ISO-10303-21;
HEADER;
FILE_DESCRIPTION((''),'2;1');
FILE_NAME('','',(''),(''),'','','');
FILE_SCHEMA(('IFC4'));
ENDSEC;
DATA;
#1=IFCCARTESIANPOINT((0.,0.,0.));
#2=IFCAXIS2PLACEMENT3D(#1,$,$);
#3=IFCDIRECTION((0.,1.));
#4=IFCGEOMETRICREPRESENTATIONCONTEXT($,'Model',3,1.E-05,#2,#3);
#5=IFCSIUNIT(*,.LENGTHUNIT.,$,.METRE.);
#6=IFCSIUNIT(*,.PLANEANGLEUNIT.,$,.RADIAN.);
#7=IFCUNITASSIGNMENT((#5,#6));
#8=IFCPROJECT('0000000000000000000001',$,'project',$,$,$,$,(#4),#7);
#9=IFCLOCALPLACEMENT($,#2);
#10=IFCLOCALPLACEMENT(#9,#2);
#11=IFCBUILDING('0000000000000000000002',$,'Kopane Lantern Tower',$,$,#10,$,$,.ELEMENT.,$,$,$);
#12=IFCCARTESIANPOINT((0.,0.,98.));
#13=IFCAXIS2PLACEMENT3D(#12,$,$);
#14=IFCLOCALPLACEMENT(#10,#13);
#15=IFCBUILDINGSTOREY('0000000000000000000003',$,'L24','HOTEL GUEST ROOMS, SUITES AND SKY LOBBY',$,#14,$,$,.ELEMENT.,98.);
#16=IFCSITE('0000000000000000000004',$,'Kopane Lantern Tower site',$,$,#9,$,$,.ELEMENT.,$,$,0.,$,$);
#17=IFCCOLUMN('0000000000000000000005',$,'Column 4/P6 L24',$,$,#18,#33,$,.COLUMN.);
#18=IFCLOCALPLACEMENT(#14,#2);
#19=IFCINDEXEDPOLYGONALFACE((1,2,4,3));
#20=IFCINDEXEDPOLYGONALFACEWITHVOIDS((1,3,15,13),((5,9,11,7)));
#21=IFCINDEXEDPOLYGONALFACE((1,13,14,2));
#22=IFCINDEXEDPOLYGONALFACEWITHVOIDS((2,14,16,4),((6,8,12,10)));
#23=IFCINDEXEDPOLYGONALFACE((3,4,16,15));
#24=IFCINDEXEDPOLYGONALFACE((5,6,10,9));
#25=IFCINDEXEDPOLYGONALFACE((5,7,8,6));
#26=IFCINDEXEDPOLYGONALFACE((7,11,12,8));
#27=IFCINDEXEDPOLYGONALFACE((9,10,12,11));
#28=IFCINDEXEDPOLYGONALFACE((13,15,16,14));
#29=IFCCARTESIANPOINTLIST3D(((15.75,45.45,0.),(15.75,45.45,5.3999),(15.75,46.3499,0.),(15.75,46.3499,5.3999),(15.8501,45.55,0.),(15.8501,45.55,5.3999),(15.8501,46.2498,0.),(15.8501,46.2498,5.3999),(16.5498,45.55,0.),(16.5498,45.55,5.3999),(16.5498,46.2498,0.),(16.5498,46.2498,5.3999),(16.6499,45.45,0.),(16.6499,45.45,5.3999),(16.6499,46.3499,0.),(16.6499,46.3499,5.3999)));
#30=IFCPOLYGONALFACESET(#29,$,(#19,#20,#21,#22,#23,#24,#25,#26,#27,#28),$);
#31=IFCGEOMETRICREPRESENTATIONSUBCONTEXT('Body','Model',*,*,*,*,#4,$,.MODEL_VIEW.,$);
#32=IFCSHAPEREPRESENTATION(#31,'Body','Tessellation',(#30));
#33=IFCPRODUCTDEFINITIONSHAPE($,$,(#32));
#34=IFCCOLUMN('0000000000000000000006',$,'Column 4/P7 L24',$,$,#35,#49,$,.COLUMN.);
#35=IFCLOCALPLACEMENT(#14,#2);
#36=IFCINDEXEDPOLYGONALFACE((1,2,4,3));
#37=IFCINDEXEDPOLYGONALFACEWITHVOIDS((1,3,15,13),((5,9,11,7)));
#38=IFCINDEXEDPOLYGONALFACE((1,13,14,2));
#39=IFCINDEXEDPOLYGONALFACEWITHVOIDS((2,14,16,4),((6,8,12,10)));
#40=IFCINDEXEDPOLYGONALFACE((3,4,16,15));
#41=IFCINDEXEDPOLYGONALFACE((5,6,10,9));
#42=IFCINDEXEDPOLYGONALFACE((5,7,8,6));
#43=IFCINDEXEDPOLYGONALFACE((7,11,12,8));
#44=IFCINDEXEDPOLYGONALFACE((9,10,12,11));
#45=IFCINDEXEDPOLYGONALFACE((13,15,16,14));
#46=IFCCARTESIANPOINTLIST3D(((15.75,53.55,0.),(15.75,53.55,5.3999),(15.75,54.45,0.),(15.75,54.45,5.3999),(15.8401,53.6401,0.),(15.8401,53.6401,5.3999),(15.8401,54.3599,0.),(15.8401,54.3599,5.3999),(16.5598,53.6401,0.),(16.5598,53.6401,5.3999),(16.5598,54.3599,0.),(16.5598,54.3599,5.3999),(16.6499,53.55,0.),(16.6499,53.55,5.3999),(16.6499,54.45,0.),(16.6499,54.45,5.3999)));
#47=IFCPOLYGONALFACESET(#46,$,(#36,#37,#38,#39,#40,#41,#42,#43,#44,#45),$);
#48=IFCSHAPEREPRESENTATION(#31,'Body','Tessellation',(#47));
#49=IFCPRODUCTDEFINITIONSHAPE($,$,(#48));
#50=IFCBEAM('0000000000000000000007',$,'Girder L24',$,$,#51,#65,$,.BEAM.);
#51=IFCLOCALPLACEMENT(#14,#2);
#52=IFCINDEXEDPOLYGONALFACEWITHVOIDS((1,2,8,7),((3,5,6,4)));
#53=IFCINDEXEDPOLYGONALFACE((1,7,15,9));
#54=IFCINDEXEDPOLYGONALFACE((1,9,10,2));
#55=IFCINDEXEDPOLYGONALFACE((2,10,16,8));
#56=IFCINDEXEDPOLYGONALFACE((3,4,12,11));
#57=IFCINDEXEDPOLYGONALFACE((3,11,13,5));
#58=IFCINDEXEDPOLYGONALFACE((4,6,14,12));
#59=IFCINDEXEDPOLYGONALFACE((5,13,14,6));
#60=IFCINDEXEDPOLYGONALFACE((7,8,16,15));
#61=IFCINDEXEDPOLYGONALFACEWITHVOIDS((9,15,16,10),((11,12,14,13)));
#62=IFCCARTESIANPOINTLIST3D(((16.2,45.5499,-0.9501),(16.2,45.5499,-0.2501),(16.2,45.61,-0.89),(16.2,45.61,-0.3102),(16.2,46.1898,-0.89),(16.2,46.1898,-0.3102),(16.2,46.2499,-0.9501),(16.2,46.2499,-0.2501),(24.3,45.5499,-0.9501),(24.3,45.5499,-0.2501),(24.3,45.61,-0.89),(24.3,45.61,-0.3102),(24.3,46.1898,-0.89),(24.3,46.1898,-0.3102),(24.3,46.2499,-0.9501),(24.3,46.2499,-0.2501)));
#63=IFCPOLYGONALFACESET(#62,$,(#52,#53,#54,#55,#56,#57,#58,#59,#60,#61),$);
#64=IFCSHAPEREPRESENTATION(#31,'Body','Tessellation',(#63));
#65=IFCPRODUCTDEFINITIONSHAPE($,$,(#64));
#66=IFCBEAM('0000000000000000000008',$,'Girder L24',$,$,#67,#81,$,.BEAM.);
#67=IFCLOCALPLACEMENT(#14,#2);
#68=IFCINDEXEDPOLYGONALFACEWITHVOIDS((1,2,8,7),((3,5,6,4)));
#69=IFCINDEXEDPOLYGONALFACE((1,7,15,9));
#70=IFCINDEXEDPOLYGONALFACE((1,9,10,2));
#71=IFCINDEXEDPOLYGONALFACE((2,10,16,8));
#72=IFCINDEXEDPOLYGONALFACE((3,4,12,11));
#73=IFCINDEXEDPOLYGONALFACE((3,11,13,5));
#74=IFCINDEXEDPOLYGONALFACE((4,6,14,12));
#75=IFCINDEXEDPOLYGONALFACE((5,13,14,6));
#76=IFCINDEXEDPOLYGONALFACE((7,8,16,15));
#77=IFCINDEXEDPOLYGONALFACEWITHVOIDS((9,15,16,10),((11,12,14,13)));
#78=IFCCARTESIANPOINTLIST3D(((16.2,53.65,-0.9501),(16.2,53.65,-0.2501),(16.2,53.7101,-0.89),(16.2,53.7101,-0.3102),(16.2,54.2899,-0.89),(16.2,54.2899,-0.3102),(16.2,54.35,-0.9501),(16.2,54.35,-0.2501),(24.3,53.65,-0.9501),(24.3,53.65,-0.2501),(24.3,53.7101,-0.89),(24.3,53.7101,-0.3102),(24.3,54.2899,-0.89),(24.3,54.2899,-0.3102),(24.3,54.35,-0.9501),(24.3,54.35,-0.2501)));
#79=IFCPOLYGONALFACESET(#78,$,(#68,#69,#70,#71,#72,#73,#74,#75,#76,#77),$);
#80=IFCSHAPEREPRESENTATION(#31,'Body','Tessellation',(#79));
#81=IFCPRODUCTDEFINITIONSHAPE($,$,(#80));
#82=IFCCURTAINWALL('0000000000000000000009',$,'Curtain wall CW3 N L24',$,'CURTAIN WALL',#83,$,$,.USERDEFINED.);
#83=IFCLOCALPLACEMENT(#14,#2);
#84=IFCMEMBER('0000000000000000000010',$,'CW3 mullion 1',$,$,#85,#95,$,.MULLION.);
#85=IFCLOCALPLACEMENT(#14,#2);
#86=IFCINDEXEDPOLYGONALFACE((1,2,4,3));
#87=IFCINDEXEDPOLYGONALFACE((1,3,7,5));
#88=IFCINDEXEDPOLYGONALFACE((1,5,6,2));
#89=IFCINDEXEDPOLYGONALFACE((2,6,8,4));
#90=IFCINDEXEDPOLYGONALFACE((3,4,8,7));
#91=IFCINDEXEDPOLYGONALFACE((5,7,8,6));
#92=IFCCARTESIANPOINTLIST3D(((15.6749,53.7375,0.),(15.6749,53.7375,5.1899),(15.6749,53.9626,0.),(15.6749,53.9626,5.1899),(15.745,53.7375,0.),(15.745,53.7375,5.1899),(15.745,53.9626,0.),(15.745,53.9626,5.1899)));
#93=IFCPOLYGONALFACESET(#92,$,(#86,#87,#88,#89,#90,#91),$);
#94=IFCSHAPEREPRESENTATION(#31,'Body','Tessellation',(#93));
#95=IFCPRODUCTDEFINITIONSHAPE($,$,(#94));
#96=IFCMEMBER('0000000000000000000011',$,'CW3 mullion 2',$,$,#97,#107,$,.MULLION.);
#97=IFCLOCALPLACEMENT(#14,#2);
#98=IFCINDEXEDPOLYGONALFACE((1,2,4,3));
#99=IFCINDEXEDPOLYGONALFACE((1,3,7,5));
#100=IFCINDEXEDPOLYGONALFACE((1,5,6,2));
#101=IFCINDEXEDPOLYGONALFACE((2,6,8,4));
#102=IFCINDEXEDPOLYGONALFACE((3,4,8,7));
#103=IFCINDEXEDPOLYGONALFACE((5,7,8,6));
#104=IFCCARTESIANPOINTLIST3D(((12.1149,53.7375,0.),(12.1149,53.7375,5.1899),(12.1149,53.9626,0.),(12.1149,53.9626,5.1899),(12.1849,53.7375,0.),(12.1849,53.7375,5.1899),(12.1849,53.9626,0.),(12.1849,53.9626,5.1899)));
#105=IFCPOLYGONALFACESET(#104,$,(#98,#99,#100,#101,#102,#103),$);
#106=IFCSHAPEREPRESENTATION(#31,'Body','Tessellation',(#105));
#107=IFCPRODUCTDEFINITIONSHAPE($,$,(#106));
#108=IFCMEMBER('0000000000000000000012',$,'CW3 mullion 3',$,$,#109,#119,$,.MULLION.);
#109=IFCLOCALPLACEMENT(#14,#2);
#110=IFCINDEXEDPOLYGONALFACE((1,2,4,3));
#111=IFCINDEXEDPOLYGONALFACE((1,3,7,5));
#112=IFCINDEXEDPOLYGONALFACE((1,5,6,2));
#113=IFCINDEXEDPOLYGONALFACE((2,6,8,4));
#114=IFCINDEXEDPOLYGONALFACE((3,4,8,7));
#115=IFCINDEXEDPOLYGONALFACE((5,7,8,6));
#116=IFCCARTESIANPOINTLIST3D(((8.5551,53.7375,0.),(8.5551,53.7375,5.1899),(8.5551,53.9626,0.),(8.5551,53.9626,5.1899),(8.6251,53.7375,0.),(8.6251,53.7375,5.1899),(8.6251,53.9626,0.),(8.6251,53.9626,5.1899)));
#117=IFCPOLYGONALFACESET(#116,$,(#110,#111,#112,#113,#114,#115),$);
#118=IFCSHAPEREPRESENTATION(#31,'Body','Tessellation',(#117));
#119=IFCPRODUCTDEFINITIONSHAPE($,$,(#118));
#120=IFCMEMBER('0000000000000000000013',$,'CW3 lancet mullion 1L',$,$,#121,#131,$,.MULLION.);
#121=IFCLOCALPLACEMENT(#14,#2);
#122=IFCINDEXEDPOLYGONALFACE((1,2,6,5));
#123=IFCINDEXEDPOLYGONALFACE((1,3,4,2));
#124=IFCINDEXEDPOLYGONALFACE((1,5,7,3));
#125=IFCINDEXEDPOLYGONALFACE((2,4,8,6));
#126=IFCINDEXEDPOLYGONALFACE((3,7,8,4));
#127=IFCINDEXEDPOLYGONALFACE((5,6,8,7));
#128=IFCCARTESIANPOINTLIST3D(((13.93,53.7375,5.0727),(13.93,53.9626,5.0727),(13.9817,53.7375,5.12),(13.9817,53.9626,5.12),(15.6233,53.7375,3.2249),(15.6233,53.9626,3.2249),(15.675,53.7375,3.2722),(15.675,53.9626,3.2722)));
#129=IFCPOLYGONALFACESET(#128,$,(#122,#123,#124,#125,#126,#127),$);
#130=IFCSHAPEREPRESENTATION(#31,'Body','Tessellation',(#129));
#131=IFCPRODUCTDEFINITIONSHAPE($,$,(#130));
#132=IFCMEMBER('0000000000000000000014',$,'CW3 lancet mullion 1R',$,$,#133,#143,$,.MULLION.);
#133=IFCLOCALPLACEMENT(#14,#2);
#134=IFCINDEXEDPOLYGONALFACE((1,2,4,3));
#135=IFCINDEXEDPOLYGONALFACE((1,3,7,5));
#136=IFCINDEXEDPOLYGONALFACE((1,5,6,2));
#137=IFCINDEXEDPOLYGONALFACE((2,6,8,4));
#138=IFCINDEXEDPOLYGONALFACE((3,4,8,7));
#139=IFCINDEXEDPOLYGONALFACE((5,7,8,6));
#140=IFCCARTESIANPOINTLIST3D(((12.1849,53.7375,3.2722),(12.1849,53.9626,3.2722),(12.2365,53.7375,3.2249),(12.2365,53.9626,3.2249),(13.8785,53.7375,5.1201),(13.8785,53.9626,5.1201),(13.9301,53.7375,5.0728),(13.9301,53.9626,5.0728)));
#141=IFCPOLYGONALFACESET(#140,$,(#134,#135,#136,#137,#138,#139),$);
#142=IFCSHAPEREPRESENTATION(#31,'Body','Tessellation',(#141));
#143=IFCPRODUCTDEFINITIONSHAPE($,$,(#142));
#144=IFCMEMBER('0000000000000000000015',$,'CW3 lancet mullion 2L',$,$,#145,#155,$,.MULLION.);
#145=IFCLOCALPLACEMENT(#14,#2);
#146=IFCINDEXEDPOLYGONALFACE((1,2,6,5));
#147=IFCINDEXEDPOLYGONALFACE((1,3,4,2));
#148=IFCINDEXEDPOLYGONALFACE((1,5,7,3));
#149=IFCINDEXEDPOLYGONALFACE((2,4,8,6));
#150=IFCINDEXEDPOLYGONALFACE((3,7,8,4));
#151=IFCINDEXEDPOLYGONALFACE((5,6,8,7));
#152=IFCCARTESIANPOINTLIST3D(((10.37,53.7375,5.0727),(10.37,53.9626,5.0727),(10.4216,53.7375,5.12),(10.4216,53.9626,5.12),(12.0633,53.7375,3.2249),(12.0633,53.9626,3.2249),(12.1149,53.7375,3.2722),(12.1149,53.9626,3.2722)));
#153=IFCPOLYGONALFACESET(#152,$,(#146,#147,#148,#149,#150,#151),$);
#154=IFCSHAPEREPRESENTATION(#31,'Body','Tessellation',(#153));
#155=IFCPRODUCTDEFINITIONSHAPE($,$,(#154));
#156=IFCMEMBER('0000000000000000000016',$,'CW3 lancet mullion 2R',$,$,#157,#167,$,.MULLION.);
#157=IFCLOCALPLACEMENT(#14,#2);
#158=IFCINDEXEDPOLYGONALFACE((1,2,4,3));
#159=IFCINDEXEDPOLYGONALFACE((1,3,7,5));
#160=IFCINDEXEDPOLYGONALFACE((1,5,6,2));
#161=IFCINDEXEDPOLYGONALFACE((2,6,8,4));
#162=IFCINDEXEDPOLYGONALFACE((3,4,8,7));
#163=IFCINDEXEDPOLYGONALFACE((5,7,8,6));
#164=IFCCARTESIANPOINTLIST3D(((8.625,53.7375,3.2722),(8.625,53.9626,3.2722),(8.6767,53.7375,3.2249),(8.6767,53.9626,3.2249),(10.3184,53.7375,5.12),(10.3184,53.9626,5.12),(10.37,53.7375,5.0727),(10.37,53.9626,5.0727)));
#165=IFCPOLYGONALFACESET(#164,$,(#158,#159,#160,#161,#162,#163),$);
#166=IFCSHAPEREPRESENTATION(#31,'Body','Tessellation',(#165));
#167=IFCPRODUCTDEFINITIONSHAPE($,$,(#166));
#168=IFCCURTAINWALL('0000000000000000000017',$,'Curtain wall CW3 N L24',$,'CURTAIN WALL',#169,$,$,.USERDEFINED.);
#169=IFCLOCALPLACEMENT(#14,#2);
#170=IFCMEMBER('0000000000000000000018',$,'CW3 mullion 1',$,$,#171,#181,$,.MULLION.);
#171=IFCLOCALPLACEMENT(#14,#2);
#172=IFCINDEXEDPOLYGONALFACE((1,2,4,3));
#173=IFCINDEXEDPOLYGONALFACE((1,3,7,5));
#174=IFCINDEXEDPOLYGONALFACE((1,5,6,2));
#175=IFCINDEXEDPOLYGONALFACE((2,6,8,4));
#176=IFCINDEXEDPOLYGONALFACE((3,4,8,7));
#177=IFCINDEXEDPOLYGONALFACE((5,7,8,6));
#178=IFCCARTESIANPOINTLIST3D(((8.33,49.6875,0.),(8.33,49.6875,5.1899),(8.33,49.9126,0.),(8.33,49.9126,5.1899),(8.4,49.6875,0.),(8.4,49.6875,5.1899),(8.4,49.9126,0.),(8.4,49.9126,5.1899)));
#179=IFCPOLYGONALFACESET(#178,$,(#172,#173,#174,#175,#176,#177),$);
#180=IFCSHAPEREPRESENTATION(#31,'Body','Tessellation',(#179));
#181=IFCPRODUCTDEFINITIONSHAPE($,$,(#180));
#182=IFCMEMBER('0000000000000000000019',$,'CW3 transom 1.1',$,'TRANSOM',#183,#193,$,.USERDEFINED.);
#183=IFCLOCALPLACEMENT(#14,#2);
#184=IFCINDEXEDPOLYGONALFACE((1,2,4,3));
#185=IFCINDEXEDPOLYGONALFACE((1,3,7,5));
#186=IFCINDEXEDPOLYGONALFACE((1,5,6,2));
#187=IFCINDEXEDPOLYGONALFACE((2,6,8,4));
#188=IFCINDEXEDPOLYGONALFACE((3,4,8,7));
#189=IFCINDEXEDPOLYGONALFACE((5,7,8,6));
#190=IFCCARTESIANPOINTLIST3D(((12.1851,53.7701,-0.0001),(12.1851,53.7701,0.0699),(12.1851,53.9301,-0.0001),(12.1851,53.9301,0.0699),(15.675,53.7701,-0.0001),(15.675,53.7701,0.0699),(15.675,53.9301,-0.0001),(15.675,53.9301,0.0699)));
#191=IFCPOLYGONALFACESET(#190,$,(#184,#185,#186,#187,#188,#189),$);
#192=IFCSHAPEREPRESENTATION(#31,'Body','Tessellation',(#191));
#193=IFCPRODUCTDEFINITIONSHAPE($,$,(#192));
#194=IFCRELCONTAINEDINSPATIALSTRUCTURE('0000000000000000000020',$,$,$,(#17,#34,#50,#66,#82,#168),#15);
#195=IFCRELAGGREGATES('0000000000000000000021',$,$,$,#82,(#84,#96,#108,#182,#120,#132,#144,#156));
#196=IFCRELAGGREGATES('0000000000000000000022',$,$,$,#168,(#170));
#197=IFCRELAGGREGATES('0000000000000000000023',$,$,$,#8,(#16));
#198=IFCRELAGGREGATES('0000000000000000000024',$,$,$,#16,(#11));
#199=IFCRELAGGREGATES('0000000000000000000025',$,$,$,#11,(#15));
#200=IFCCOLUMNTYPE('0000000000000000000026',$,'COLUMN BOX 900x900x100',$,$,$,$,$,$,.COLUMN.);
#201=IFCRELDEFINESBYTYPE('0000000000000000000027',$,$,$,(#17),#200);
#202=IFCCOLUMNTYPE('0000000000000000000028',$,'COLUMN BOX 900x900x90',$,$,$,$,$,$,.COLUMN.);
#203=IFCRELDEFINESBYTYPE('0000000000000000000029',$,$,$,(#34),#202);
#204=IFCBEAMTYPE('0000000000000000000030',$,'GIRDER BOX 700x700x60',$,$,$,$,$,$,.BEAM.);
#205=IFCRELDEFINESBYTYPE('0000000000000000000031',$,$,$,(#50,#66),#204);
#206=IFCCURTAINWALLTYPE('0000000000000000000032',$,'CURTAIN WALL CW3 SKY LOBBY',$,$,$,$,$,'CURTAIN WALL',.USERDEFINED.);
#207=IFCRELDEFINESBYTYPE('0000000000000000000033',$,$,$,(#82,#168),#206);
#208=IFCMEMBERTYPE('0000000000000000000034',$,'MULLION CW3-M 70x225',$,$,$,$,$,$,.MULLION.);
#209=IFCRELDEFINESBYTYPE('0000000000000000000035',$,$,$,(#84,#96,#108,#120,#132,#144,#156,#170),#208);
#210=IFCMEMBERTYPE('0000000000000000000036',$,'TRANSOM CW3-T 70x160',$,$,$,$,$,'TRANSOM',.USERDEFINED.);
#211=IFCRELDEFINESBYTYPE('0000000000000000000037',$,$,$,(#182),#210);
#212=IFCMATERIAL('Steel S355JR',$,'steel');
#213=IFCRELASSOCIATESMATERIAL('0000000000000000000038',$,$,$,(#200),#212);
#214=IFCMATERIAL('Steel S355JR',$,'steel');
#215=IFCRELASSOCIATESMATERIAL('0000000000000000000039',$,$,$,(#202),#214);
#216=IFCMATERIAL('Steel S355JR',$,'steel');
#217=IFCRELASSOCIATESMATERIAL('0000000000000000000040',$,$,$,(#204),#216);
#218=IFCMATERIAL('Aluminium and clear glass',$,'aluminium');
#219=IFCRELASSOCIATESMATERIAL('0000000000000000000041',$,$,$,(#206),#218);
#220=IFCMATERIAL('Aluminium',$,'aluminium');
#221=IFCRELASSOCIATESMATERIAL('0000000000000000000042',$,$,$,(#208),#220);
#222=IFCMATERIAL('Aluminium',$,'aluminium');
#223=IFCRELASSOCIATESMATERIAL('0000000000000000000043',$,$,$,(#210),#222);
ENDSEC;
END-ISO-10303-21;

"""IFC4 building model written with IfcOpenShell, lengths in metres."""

from ifc_helpers import new_model, si_unit, direction, frame, origin, origin_2d, place, context, subcontext, project, spatial, rectangle, hollow_rectangle, extrude, material, material_profile, profile_set, type_object, element, aggregate, save


model = new_model("IFC4")

# Units and contexts
model_context = context("Model", 3, precision=1e-05, world=origin(), true_north=direction((0.0, 1.0)))
body_context = subcontext(model_context, "Body", "Model", "MODEL_VIEW")
ifc_project = project(units=[si_unit("LENGTHUNIT", "METRE"), si_unit("PLANEANGLEUNIT", "RADIAN")], contexts=[model_context])

# Site, building, storey
site_placement = place(None, origin())
site = spatial("IfcSite", under=ifc_project, at=site_placement, Name="Kopane Lantern Tower site", CompositionType="ELEMENT", RefElevation=0.0)
building_placement = place(site_placement, origin())
building = spatial("IfcBuilding", under=site, at=building_placement, Name="Kopane Lantern Tower", CompositionType="ELEMENT")
storey_placement = place(building_placement, frame((0.0, 0.0, 98.0)))
storey = spatial("IfcBuildingStorey", under=building, at=storey_placement, Name="L24", Description="HOTEL GUEST ROOMS, SUITES AND SKY LOBBY", CompositionType="ELEMENT", Elevation=98.0)

# Columns
ifc_material_1 = material(Name="Steel S355JR", Category="steel")
ifc_material_profile_1 = material_profile(ifc_material_1, hollow_rectangle(XDim=0.8999, YDim=0.8999, WallThickness=0.1001, at=origin_2d()), Name="BOX 900x900x100")
ifc_profile_set_1 = profile_set([ifc_material_profile_1], Name="Steel S355JR")
column_type_1 = type_object("IfcColumnType", Name="COLUMN BOX 900x900x100", PredefinedType="COLUMN", material=ifc_profile_set_1)
column_1_placement = place(storey_placement, frame((16.2, 45.8999, 0.0), z_axis=(0.0, 0.0, 1.0), x_axis=(1.0, 0.0, 0.0)))
element("IfcColumn", 1, at=column_1_placement, inside=storey, type_object=column_type_1, Name="Column 4/P6 L24", PredefinedType="COLUMN", context=body_context, shape_type="SweptSolid", body=[
    extrude(hollow_rectangle(XDim=0.8999, YDim=0.8999, WallThickness=0.1001, at=origin_2d()), origin(), (0.0, 0.0, 1.0), 5.3999),
])
ifc_material_2 = material(Name="Steel S355JR", Category="steel")
ifc_material_profile_2 = material_profile(ifc_material_2, hollow_rectangle(XDim=0.8999, YDim=0.8999, WallThickness=0.0901, at=origin_2d()), Name="BOX 900x900x90")
ifc_profile_set_2 = profile_set([ifc_material_profile_2], Name="Steel S355JR")
column_type_2 = type_object("IfcColumnType", Name="COLUMN BOX 900x900x90", PredefinedType="COLUMN", material=ifc_profile_set_2)
column_2_placement = place(storey_placement, frame((16.2, 54.0, 0.0), z_axis=(0.0, 0.0, 1.0), x_axis=(1.0, 0.0, 0.0)))
element("IfcColumn", 2, at=column_2_placement, inside=storey, type_object=column_type_2, Name="Column 4/P7 L24", PredefinedType="COLUMN", context=body_context, shape_type="SweptSolid", body=[
    extrude(hollow_rectangle(XDim=0.8999, YDim=0.8999, WallThickness=0.0901, at=origin_2d()), origin(), (0.0, 0.0, 1.0), 5.3999),
])

# Beams
ifc_material_3 = material(Name="Steel S355JR", Category="steel")
ifc_material_profile_3 = material_profile(ifc_material_3, hollow_rectangle(XDim=0.7, YDim=0.7, WallThickness=0.0601, at=origin_2d()), Name="BOX 700x700x60")
ifc_profile_set_3 = profile_set([ifc_material_profile_3], Name="Steel S355JR")
beam_type = type_object("IfcBeamType", Name="GIRDER BOX 700x700x60", PredefinedType="BEAM", material=ifc_profile_set_3)
for number, where, z_axis, x_axis, name in (
    (3, (16.2, 45.8999, -0.6001), (1.0, 0.0, 0.0), (0.0, 1.0, 0.0), "Girder L24"),
    (4, (16.2, 54.0, -0.6001), (1.0, 0.0, 0.0), (0.0, 1.0, 0.0), "Girder L24"),
):
    element("IfcBeam", number, at=place(storey_placement, frame(where, z_axis=z_axis, x_axis=x_axis)), inside=storey, type_object=beam_type, Name=name, PredefinedType="BEAM", context=body_context, shape_type="SweptSolid", body=[
        extrude(hollow_rectangle(XDim=0.7, YDim=0.7, WallThickness=0.0601, at=origin_2d()), origin(), (0.0, 0.0, 1.0), 8.1001),
    ])

# Curtain wall, members
ifc_material_4 = material(Name="Aluminium and clear glass", Category="aluminium")
curtain_wall_type = type_object("IfcCurtainWallType", Name="CURTAIN WALL CW3 SKY LOBBY", ElementType="CURTAIN WALL", PredefinedType="USERDEFINED", material=ifc_material_4)
curtain_wall_1_placement = place(storey_placement, origin())
curtain_wall_1 = element("IfcCurtainWall", 5, at=curtain_wall_1_placement, inside=storey, type_object=curtain_wall_type, Name="Curtain wall CW3 N L24", ObjectType="CURTAIN WALL", PredefinedType="USERDEFINED")
ifc_material_5 = material(Name="Aluminium", Category="aluminium")
ifc_material_profile_4 = material_profile(ifc_material_5, rectangle(XDim=0.0701, YDim=0.2251, at=origin_2d()), Name="AL 70x225")
ifc_profile_set_4 = profile_set([ifc_material_profile_4], Name="Aluminium")
member_type_1 = type_object("IfcMemberType", Name="MULLION CW3-M 70x225", PredefinedType="MULLION", material=ifc_profile_set_4)
member_1_placement = place(storey_placement, frame((15.71, 53.8501, 0.0), z_axis=(0.0, 0.0, 1.0), x_axis=(-1.0, 0.0, 0.0)))
member_1 = element("IfcMember", 6, at=member_1_placement, type_object=member_type_1, Name="CW3 mullion 1", PredefinedType="MULLION", context=body_context, shape_type="SweptSolid", body=[
    extrude(rectangle(XDim=0.0701, YDim=0.2251, at=origin_2d()), origin(), (0.0, 0.0, 1.0), 5.1899),
])
member_2_placement = place(storey_placement, frame((12.1499, 53.8501, 0.0), z_axis=(0.0, 0.0, 1.0), x_axis=(-1.0, 0.0, 0.0)))
member_2 = element("IfcMember", 7, at=member_2_placement, type_object=member_type_1, Name="CW3 mullion 2", PredefinedType="MULLION", context=body_context, shape_type="SweptSolid", body=[
    extrude(rectangle(XDim=0.0701, YDim=0.2251, at=origin_2d()), origin(), (0.0, 0.0, 1.0), 5.1899),
])
member_3_placement = place(storey_placement, frame((8.5901, 53.8501, 0.0), z_axis=(0.0, 0.0, 1.0), x_axis=(-1.0, 0.0, 0.0)))
member_3 = element("IfcMember", 8, at=member_3_placement, type_object=member_type_1, Name="CW3 mullion 3", PredefinedType="MULLION", context=body_context, shape_type="SweptSolid", body=[
    extrude(rectangle(XDim=0.0701, YDim=0.2251, at=origin_2d()), origin(), (0.0, 0.0, 1.0), 5.1899),
])
member_4_placement = place(storey_placement, frame((15.6492, 53.8501, 3.2485), z_axis=(-0.675606, 0.0, 0.737263), x_axis=(0.737263, 0.0, 0.675606)))
member_4 = element("IfcMember", 9, at=member_4_placement, type_object=member_type_1, Name="CW3 lancet mullion 1L", PredefinedType="MULLION", context=body_context, shape_type="SweptSolid", body=[
    extrude(rectangle(XDim=0.0701, YDim=0.2251, at=origin_2d()), origin(), (0.0, 0.0, 1.0), 2.5063),
])
member_5_placement = place(storey_placement, frame((12.2107, 53.8501, 3.2485), z_axis=(0.675658, 0.0, 0.737215), x_axis=(-0.737215, 0.0, 0.675658)))
member_5 = element("IfcMember", 10, at=member_5_placement, type_object=member_type_1, Name="CW3 lancet mullion 1R", PredefinedType="MULLION", context=body_context, shape_type="SweptSolid", body=[
    extrude(rectangle(XDim=0.0701, YDim=0.2251, at=origin_2d()), origin(), (0.0, 0.0, 1.0), 2.5066),
])
member_6_placement = place(storey_placement, frame((12.0891, 53.8501, 3.2485), z_axis=(-0.675606, 0.0, 0.737263), x_axis=(0.737263, 0.0, 0.675606)))
member_6 = element("IfcMember", 11, at=member_6_placement, type_object=member_type_1, Name="CW3 lancet mullion 2L", PredefinedType="MULLION", context=body_context, shape_type="SweptSolid", body=[
    extrude(rectangle(XDim=0.0701, YDim=0.2251, at=origin_2d()), origin(), (0.0, 0.0, 1.0), 2.5063),
])
member_7_placement = place(storey_placement, frame((8.6509, 53.8501, 3.2485), z_axis=(0.675606, 0.0, 0.737263), x_axis=(-0.737263, 0.0, 0.675606)))
member_7 = element("IfcMember", 12, at=member_7_placement, type_object=member_type_1, Name="CW3 lancet mullion 2R", PredefinedType="MULLION", context=body_context, shape_type="SweptSolid", body=[
    extrude(rectangle(XDim=0.0701, YDim=0.2251, at=origin_2d()), origin(), (0.0, 0.0, 1.0), 2.5063),
])

# Curtain wall, member
curtain_wall_2_placement = place(storey_placement, origin())
curtain_wall_2 = element("IfcCurtainWall", 13, at=curtain_wall_2_placement, inside=storey, type_object=curtain_wall_type, Name="Curtain wall CW3 N L24", ObjectType="CURTAIN WALL", PredefinedType="USERDEFINED")
member_8_placement = place(storey_placement, frame((8.365, 49.8, 0.0), z_axis=(0.0, 0.0, 1.0), x_axis=(-1.0, 0.0, 0.0)))
member_8 = element("IfcMember", 14, at=member_8_placement, type_object=member_type_1, Name="CW3 mullion 1", PredefinedType="MULLION", context=body_context, shape_type="SweptSolid", body=[
    extrude(rectangle(XDim=0.0701, YDim=0.2251, at=origin_2d()), origin(), (0.0, 0.0, 1.0), 5.1899),
])

# Member
ifc_material_6 = material(Name="Aluminium", Category="aluminium")
ifc_material_profile_5 = material_profile(ifc_material_6, rectangle(XDim=0.1599, YDim=0.0701, at=origin_2d()), Name="AL 160x70")
ifc_profile_set_5 = profile_set([ifc_material_profile_5], Name="Aluminium")
member_type_2 = type_object("IfcMemberType", Name="TRANSOM CW3-T 70x160", ElementType="TRANSOM", PredefinedType="USERDEFINED", material=ifc_profile_set_5)
member_9_placement = place(storey_placement, frame((15.675, 53.8501, 0.0349), z_axis=(-1.0, 0.0, 0.0), x_axis=(0.0, -1.0, 0.0)))
member_9 = element("IfcMember", 15, at=member_9_placement, type_object=member_type_2, Name="CW3 transom 1.1", ObjectType="TRANSOM", PredefinedType="USERDEFINED", context=body_context, shape_type="SweptSolid", body=[
    extrude(rectangle(XDim=0.1599, YDim=0.0701, at=origin_2d()), origin(), (0.0, 0.0, 1.0), 3.49),
])

aggregate(curtain_wall_1, [member_1, member_2, member_3, member_9, member_4, member_5, member_6, member_7])
aggregate(curtain_wall_2, [member_8])

save(model, "model.ifc")
